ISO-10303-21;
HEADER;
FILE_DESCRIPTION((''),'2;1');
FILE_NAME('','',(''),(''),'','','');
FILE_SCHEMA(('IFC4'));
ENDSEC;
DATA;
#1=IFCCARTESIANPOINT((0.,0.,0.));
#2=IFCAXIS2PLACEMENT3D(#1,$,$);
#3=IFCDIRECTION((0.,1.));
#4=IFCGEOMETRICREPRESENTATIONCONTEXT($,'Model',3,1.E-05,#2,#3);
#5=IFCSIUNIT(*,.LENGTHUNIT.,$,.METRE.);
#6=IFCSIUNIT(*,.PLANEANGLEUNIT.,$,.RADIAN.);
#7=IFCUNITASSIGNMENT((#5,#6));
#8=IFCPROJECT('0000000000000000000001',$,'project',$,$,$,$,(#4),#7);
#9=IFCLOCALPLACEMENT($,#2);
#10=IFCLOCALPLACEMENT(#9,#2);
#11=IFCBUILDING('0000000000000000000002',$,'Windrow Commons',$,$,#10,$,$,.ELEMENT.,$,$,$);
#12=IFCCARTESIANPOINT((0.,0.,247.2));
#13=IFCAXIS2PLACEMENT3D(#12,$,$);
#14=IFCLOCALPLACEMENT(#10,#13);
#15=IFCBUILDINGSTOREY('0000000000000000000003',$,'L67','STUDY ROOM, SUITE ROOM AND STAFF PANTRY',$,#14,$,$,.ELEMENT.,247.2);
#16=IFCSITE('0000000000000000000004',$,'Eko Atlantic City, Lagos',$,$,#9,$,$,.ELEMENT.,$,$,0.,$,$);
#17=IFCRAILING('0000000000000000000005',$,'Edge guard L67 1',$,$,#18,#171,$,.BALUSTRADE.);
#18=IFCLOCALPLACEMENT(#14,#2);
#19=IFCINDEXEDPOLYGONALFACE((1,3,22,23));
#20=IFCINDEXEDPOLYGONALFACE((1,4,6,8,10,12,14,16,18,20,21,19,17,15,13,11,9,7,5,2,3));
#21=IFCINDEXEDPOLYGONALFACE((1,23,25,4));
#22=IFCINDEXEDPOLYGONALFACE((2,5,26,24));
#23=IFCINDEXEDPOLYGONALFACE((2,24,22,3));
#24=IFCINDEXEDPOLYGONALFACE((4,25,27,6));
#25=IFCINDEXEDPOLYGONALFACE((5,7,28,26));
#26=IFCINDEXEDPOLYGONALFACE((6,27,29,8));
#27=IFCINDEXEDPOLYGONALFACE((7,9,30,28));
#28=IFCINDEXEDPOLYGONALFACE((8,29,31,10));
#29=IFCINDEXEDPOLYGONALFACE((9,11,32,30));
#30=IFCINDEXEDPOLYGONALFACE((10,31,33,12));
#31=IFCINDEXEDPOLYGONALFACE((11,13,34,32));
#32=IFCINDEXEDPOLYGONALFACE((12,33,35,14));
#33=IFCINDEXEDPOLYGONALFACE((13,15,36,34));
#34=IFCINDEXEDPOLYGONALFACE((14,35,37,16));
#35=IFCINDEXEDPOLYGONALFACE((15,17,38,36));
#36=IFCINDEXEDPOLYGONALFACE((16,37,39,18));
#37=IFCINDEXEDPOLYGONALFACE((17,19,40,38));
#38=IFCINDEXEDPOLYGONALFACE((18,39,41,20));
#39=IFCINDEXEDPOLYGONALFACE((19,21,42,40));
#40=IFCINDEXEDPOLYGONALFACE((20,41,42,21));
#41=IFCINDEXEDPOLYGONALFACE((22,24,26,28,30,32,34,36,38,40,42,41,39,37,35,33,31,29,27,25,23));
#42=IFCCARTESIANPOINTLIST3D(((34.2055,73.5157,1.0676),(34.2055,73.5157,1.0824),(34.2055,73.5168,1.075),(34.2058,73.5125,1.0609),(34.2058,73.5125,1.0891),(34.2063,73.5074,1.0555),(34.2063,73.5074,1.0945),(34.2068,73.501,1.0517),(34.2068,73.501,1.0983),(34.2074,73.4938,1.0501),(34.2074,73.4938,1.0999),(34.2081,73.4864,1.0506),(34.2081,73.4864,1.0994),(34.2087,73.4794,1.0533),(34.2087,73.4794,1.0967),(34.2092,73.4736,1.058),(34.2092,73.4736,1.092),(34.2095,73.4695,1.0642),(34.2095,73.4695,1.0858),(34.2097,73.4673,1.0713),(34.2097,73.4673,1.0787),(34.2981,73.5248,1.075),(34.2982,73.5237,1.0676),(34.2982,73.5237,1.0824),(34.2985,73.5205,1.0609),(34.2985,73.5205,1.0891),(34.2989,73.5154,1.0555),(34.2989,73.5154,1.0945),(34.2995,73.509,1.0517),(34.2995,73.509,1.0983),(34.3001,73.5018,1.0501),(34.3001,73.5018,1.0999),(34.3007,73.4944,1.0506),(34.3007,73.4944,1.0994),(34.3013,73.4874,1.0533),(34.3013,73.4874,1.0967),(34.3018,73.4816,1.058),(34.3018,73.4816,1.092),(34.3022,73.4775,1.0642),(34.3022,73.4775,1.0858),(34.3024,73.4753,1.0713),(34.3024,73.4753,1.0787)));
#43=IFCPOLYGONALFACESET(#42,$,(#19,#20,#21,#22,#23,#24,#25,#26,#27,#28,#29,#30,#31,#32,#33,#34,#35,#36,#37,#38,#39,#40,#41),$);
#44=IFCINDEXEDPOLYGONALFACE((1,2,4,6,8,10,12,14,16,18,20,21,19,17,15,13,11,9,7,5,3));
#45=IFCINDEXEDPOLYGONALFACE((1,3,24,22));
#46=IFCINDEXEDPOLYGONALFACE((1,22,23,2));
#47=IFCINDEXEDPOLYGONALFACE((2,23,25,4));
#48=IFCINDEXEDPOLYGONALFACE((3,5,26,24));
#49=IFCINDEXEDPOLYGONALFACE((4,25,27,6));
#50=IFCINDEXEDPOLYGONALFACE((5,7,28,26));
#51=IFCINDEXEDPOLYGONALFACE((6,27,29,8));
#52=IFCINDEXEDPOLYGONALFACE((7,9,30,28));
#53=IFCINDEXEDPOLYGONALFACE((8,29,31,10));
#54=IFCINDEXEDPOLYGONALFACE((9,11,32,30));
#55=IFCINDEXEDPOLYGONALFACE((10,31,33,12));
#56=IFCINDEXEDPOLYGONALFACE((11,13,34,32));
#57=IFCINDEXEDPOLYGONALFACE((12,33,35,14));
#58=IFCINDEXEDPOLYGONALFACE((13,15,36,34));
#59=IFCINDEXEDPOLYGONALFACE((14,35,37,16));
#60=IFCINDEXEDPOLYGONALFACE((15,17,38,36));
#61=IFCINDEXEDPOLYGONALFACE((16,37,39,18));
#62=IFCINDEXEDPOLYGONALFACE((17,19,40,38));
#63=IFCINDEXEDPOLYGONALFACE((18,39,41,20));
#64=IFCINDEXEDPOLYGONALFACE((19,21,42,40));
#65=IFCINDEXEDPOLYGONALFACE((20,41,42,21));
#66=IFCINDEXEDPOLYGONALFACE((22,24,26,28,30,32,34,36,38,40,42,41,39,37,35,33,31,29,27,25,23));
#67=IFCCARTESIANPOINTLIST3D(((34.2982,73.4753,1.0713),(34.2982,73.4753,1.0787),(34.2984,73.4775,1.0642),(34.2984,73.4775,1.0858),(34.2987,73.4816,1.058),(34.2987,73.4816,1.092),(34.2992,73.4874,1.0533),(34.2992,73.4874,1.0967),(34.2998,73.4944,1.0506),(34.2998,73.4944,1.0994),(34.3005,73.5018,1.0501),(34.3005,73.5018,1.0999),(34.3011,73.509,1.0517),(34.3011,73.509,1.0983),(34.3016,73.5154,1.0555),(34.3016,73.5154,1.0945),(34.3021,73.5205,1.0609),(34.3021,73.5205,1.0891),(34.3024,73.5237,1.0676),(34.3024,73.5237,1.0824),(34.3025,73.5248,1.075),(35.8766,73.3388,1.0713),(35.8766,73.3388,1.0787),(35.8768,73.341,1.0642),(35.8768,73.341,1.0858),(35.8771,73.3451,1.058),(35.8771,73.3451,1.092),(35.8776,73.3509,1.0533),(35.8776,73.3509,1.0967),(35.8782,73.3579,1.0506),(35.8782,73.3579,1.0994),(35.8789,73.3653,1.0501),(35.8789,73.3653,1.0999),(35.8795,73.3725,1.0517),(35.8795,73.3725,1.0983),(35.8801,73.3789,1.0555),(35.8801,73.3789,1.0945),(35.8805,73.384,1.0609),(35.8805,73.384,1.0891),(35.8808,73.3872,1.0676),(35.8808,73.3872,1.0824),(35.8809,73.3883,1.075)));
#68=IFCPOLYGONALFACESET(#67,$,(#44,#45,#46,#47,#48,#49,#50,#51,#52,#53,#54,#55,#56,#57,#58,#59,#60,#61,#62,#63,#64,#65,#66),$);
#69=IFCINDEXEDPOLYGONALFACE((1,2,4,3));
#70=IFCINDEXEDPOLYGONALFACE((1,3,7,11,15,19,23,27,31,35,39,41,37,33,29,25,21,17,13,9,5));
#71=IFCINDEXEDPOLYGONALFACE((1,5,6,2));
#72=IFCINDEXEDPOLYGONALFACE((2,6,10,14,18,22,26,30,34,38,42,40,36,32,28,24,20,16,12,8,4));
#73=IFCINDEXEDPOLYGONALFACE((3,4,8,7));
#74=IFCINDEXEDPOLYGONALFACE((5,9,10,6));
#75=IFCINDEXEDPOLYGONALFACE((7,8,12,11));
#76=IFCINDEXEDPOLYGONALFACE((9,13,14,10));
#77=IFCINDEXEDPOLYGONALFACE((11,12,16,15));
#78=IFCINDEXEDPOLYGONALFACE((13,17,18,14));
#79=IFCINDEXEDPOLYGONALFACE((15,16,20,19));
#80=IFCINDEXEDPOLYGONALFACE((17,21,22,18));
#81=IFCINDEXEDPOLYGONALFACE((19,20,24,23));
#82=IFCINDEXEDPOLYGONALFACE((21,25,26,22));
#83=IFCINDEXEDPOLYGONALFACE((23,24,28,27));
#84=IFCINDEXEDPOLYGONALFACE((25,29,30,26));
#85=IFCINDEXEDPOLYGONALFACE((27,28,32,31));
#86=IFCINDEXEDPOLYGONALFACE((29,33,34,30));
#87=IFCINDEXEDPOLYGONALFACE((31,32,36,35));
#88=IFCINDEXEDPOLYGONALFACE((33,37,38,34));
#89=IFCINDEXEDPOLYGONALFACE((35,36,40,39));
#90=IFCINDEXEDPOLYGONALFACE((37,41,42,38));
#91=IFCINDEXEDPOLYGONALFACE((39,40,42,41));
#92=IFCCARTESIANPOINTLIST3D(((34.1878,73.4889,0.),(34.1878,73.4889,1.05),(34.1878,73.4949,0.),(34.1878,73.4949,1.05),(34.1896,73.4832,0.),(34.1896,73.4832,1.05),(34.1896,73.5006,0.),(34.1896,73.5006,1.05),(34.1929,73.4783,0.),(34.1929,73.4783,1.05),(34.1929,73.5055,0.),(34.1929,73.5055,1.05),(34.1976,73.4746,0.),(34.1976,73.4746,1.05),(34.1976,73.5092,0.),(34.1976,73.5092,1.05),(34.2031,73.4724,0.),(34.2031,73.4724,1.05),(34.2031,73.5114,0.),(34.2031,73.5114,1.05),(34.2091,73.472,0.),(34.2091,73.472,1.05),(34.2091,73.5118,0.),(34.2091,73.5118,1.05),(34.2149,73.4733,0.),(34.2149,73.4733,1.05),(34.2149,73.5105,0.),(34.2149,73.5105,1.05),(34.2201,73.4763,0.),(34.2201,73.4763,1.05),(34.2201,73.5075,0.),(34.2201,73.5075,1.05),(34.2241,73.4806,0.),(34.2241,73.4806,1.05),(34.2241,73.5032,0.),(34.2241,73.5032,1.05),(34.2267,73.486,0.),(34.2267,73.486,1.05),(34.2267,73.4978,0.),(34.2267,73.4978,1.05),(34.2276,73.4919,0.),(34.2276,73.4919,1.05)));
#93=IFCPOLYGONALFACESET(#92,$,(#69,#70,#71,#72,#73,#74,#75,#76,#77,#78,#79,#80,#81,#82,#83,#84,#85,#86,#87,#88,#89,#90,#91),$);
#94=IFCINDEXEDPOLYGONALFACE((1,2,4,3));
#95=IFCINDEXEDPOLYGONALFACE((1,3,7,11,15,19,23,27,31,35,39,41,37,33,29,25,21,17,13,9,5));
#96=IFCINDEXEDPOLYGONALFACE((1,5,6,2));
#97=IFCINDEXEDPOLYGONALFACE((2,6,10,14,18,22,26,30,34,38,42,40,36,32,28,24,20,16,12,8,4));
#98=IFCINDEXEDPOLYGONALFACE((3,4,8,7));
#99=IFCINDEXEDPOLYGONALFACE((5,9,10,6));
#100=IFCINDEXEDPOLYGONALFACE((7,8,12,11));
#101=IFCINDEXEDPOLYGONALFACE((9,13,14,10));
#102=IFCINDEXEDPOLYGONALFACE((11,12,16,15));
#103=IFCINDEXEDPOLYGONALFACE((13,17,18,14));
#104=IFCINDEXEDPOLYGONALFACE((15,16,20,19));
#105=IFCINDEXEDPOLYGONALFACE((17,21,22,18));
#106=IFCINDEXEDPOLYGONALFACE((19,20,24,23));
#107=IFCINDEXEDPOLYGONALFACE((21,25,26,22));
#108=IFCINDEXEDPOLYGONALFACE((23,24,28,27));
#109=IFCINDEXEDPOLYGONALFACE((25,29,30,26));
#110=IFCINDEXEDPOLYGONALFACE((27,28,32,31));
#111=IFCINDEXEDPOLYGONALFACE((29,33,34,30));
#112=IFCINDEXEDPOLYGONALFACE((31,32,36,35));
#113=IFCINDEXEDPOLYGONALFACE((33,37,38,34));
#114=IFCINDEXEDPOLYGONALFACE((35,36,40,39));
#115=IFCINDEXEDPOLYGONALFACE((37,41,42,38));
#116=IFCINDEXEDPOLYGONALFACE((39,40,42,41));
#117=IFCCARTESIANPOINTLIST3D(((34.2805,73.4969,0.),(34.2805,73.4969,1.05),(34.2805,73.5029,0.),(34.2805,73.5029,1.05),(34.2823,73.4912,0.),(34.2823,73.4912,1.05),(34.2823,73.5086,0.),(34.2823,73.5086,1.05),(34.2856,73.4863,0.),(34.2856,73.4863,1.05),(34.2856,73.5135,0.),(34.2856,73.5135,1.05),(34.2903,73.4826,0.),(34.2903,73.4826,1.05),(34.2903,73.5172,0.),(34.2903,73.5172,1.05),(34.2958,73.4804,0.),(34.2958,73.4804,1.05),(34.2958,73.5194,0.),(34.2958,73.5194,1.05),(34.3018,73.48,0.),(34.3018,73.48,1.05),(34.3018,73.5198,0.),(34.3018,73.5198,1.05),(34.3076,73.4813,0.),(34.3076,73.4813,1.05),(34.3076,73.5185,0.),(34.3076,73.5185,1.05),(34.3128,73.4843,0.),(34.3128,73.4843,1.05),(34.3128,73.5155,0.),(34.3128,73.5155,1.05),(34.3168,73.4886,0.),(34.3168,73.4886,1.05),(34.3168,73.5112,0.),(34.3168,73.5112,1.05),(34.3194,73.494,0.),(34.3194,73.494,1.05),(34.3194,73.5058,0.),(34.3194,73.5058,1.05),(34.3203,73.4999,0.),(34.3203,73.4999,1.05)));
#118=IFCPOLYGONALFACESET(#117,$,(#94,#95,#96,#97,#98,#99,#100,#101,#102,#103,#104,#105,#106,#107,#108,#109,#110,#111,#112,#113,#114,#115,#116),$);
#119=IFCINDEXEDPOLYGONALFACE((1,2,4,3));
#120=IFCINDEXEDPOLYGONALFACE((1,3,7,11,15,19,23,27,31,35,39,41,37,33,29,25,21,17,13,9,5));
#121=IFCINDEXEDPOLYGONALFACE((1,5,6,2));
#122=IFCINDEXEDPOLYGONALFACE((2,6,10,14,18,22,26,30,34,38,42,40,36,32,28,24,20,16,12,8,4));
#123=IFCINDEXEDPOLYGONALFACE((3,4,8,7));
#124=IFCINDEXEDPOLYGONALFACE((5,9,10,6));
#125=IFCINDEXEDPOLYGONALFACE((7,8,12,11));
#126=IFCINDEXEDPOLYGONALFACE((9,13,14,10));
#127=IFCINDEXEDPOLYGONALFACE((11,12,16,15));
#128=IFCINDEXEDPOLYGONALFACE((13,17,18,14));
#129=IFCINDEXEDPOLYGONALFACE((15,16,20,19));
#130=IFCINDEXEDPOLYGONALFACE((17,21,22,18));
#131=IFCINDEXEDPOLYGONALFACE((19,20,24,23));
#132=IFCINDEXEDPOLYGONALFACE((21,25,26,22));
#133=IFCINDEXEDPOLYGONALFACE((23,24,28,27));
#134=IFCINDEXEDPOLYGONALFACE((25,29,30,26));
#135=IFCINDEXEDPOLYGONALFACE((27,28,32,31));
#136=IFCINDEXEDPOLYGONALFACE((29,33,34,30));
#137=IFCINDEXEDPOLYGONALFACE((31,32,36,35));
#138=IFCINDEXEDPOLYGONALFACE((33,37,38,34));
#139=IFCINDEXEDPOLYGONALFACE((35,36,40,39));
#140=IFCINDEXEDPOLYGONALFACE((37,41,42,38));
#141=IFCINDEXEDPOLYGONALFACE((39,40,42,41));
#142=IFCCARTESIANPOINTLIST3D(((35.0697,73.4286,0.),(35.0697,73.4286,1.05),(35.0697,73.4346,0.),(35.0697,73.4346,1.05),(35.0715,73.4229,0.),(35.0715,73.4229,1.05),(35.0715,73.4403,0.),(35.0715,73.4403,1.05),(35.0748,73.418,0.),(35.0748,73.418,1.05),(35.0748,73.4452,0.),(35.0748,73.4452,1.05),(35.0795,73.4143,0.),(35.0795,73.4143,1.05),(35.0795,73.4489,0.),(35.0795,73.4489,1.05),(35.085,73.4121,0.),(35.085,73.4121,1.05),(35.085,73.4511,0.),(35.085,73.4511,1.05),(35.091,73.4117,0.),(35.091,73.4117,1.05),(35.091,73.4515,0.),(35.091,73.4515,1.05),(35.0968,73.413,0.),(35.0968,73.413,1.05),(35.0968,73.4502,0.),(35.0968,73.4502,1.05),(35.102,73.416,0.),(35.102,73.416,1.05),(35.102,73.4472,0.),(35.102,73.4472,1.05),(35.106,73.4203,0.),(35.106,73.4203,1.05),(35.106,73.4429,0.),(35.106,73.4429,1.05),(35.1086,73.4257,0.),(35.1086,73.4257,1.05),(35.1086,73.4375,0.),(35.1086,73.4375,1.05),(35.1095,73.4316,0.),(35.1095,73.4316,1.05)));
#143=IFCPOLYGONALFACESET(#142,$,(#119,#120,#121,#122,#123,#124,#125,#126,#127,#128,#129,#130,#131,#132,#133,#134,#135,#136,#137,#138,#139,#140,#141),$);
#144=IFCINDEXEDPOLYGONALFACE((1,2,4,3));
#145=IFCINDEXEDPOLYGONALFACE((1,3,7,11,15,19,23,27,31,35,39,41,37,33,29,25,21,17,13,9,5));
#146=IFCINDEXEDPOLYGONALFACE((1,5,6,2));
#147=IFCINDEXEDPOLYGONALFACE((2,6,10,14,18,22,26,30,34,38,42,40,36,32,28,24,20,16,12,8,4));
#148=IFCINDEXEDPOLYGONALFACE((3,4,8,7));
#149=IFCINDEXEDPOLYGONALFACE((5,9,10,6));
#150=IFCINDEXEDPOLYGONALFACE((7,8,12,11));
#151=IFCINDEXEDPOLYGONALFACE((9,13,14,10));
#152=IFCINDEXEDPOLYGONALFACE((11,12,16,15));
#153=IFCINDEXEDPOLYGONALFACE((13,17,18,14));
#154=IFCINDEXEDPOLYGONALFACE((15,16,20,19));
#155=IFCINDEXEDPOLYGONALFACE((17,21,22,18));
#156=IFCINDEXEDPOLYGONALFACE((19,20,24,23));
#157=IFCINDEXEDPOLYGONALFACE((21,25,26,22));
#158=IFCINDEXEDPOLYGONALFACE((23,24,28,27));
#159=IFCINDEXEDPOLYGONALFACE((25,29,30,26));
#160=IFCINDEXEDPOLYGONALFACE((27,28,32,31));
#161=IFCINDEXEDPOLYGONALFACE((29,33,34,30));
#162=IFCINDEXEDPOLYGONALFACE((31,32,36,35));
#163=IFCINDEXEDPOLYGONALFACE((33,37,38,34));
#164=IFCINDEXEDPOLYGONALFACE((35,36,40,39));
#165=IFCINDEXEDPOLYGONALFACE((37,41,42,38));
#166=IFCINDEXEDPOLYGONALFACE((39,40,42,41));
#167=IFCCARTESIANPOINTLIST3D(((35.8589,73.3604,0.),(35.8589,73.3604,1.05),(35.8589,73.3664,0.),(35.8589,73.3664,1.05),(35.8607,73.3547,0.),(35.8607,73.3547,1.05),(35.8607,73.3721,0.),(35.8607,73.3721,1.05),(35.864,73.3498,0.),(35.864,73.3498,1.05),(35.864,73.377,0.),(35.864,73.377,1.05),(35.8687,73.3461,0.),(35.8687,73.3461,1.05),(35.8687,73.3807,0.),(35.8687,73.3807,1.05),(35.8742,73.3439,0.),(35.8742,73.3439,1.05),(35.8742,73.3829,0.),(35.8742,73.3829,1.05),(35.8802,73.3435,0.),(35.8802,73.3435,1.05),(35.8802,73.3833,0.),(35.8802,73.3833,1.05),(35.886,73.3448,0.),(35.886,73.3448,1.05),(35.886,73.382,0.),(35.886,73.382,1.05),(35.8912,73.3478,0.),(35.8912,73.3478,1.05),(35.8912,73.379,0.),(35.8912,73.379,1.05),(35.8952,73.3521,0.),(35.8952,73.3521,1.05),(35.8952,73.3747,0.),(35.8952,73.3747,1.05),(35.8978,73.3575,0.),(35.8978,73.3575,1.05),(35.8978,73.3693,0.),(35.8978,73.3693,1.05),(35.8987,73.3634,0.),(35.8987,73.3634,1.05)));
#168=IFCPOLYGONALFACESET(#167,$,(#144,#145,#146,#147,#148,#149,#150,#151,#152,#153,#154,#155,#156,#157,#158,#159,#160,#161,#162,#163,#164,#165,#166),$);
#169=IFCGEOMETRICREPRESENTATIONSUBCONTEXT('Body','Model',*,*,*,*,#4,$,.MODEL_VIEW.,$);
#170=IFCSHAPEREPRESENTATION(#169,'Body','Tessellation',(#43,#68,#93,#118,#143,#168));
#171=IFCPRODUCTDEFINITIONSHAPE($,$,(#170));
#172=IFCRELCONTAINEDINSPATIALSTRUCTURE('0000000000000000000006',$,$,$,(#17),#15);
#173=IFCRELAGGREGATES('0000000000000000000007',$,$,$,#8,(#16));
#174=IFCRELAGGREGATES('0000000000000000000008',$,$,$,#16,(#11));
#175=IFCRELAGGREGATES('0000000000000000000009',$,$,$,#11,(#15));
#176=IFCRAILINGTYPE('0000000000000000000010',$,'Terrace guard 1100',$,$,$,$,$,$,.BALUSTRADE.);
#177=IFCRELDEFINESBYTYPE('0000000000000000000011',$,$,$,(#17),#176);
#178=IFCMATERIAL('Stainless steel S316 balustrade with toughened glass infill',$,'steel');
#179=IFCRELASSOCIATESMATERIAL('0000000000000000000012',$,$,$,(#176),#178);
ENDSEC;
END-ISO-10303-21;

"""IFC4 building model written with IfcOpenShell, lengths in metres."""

from ifc_helpers import new_model, si_unit, direction, frame, origin, origin_2d, place, context, subcontext, project, spatial, circle, extrude, material, type_object, element, save


model = new_model("IFC4")

# Units and contexts
model_context = context("Model", 3, precision=1e-05, world=origin(), true_north=direction((0.0, 1.0)))
body_context = subcontext(model_context, "Body", "Model", "MODEL_VIEW")
ifc_project = project(units=[si_unit("LENGTHUNIT", "METRE"), si_unit("PLANEANGLEUNIT", "RADIAN")], contexts=[model_context])

# Site, building, storey
site_placement = place(None, origin())
site = spatial("IfcSite", under=ifc_project, at=site_placement, Name="Eko Atlantic City, Lagos", CompositionType="ELEMENT", RefElevation=0.0)
building_placement = place(site_placement, origin())
building = spatial("IfcBuilding", under=site, at=building_placement, Name="Windrow Commons", CompositionType="ELEMENT")
storey_placement = place(building_placement, frame((0.0, 0.0, 247.2)))
storey = spatial("IfcBuildingStorey", under=building, at=storey_placement, Name="L67", Description="STUDY ROOM, SUITE ROOM AND STAFF PANTRY", CompositionType="ELEMENT", Elevation=247.2)

# Railing
ifc_material_1 = material(Name="Stainless steel S316 balustrade with toughened glass infill", Category="steel")
railing_type_1 = type_object("IfcRailingType", Name="Terrace guard 1100", PredefinedType="BALUSTRADE", material=ifc_material_1)
railing_1_placement = place(storey_placement, frame((34.2076, 73.4919, 0.0)))
element("IfcRailing", 1, at=railing_1_placement, inside=storey, type_object=railing_type_1, Name="Edge guard L67 1", PredefinedType="BALUSTRADE", context=body_context, shape_type="SweptSolid", body=[
    extrude(circle(Radius=0.025, at=origin_2d()), frame((0.0, 0.0, 1.075), z_axis=(0.996297, 0.08598, 0.0), x_axis=(-0.08598, 0.996297, 0.0)), (0.0, 0.0, 1.0), 0.093),
    extrude(circle(Radius=0.025, at=origin_2d()), frame((0.0927, 0.008, 1.075), z_axis=(0.996281, -0.086158, 0.0), x_axis=(0.086158, 0.996281, 0.0)), (0.0, 0.0, 1.0), 1.5843),
    extrude(circle(Radius=0.02, at=origin_2d()), origin(), (0.0, 0.0, 1.0), 1.05),
    extrude(circle(Radius=0.02, at=origin_2d()), frame((0.0927, 0.008, 0.0)), (0.0, 0.0, 1.0), 1.05),
    extrude(circle(Radius=0.02, at=origin_2d()), frame((0.8819, -0.0603, 0.0)), (0.0, 0.0, 1.0), 1.05),
    extrude(circle(Radius=0.02, at=origin_2d()), frame((1.6711, -0.1285, 0.0)), (0.0, 0.0, 1.0), 1.05),
])

save(model, "model.ifc")
